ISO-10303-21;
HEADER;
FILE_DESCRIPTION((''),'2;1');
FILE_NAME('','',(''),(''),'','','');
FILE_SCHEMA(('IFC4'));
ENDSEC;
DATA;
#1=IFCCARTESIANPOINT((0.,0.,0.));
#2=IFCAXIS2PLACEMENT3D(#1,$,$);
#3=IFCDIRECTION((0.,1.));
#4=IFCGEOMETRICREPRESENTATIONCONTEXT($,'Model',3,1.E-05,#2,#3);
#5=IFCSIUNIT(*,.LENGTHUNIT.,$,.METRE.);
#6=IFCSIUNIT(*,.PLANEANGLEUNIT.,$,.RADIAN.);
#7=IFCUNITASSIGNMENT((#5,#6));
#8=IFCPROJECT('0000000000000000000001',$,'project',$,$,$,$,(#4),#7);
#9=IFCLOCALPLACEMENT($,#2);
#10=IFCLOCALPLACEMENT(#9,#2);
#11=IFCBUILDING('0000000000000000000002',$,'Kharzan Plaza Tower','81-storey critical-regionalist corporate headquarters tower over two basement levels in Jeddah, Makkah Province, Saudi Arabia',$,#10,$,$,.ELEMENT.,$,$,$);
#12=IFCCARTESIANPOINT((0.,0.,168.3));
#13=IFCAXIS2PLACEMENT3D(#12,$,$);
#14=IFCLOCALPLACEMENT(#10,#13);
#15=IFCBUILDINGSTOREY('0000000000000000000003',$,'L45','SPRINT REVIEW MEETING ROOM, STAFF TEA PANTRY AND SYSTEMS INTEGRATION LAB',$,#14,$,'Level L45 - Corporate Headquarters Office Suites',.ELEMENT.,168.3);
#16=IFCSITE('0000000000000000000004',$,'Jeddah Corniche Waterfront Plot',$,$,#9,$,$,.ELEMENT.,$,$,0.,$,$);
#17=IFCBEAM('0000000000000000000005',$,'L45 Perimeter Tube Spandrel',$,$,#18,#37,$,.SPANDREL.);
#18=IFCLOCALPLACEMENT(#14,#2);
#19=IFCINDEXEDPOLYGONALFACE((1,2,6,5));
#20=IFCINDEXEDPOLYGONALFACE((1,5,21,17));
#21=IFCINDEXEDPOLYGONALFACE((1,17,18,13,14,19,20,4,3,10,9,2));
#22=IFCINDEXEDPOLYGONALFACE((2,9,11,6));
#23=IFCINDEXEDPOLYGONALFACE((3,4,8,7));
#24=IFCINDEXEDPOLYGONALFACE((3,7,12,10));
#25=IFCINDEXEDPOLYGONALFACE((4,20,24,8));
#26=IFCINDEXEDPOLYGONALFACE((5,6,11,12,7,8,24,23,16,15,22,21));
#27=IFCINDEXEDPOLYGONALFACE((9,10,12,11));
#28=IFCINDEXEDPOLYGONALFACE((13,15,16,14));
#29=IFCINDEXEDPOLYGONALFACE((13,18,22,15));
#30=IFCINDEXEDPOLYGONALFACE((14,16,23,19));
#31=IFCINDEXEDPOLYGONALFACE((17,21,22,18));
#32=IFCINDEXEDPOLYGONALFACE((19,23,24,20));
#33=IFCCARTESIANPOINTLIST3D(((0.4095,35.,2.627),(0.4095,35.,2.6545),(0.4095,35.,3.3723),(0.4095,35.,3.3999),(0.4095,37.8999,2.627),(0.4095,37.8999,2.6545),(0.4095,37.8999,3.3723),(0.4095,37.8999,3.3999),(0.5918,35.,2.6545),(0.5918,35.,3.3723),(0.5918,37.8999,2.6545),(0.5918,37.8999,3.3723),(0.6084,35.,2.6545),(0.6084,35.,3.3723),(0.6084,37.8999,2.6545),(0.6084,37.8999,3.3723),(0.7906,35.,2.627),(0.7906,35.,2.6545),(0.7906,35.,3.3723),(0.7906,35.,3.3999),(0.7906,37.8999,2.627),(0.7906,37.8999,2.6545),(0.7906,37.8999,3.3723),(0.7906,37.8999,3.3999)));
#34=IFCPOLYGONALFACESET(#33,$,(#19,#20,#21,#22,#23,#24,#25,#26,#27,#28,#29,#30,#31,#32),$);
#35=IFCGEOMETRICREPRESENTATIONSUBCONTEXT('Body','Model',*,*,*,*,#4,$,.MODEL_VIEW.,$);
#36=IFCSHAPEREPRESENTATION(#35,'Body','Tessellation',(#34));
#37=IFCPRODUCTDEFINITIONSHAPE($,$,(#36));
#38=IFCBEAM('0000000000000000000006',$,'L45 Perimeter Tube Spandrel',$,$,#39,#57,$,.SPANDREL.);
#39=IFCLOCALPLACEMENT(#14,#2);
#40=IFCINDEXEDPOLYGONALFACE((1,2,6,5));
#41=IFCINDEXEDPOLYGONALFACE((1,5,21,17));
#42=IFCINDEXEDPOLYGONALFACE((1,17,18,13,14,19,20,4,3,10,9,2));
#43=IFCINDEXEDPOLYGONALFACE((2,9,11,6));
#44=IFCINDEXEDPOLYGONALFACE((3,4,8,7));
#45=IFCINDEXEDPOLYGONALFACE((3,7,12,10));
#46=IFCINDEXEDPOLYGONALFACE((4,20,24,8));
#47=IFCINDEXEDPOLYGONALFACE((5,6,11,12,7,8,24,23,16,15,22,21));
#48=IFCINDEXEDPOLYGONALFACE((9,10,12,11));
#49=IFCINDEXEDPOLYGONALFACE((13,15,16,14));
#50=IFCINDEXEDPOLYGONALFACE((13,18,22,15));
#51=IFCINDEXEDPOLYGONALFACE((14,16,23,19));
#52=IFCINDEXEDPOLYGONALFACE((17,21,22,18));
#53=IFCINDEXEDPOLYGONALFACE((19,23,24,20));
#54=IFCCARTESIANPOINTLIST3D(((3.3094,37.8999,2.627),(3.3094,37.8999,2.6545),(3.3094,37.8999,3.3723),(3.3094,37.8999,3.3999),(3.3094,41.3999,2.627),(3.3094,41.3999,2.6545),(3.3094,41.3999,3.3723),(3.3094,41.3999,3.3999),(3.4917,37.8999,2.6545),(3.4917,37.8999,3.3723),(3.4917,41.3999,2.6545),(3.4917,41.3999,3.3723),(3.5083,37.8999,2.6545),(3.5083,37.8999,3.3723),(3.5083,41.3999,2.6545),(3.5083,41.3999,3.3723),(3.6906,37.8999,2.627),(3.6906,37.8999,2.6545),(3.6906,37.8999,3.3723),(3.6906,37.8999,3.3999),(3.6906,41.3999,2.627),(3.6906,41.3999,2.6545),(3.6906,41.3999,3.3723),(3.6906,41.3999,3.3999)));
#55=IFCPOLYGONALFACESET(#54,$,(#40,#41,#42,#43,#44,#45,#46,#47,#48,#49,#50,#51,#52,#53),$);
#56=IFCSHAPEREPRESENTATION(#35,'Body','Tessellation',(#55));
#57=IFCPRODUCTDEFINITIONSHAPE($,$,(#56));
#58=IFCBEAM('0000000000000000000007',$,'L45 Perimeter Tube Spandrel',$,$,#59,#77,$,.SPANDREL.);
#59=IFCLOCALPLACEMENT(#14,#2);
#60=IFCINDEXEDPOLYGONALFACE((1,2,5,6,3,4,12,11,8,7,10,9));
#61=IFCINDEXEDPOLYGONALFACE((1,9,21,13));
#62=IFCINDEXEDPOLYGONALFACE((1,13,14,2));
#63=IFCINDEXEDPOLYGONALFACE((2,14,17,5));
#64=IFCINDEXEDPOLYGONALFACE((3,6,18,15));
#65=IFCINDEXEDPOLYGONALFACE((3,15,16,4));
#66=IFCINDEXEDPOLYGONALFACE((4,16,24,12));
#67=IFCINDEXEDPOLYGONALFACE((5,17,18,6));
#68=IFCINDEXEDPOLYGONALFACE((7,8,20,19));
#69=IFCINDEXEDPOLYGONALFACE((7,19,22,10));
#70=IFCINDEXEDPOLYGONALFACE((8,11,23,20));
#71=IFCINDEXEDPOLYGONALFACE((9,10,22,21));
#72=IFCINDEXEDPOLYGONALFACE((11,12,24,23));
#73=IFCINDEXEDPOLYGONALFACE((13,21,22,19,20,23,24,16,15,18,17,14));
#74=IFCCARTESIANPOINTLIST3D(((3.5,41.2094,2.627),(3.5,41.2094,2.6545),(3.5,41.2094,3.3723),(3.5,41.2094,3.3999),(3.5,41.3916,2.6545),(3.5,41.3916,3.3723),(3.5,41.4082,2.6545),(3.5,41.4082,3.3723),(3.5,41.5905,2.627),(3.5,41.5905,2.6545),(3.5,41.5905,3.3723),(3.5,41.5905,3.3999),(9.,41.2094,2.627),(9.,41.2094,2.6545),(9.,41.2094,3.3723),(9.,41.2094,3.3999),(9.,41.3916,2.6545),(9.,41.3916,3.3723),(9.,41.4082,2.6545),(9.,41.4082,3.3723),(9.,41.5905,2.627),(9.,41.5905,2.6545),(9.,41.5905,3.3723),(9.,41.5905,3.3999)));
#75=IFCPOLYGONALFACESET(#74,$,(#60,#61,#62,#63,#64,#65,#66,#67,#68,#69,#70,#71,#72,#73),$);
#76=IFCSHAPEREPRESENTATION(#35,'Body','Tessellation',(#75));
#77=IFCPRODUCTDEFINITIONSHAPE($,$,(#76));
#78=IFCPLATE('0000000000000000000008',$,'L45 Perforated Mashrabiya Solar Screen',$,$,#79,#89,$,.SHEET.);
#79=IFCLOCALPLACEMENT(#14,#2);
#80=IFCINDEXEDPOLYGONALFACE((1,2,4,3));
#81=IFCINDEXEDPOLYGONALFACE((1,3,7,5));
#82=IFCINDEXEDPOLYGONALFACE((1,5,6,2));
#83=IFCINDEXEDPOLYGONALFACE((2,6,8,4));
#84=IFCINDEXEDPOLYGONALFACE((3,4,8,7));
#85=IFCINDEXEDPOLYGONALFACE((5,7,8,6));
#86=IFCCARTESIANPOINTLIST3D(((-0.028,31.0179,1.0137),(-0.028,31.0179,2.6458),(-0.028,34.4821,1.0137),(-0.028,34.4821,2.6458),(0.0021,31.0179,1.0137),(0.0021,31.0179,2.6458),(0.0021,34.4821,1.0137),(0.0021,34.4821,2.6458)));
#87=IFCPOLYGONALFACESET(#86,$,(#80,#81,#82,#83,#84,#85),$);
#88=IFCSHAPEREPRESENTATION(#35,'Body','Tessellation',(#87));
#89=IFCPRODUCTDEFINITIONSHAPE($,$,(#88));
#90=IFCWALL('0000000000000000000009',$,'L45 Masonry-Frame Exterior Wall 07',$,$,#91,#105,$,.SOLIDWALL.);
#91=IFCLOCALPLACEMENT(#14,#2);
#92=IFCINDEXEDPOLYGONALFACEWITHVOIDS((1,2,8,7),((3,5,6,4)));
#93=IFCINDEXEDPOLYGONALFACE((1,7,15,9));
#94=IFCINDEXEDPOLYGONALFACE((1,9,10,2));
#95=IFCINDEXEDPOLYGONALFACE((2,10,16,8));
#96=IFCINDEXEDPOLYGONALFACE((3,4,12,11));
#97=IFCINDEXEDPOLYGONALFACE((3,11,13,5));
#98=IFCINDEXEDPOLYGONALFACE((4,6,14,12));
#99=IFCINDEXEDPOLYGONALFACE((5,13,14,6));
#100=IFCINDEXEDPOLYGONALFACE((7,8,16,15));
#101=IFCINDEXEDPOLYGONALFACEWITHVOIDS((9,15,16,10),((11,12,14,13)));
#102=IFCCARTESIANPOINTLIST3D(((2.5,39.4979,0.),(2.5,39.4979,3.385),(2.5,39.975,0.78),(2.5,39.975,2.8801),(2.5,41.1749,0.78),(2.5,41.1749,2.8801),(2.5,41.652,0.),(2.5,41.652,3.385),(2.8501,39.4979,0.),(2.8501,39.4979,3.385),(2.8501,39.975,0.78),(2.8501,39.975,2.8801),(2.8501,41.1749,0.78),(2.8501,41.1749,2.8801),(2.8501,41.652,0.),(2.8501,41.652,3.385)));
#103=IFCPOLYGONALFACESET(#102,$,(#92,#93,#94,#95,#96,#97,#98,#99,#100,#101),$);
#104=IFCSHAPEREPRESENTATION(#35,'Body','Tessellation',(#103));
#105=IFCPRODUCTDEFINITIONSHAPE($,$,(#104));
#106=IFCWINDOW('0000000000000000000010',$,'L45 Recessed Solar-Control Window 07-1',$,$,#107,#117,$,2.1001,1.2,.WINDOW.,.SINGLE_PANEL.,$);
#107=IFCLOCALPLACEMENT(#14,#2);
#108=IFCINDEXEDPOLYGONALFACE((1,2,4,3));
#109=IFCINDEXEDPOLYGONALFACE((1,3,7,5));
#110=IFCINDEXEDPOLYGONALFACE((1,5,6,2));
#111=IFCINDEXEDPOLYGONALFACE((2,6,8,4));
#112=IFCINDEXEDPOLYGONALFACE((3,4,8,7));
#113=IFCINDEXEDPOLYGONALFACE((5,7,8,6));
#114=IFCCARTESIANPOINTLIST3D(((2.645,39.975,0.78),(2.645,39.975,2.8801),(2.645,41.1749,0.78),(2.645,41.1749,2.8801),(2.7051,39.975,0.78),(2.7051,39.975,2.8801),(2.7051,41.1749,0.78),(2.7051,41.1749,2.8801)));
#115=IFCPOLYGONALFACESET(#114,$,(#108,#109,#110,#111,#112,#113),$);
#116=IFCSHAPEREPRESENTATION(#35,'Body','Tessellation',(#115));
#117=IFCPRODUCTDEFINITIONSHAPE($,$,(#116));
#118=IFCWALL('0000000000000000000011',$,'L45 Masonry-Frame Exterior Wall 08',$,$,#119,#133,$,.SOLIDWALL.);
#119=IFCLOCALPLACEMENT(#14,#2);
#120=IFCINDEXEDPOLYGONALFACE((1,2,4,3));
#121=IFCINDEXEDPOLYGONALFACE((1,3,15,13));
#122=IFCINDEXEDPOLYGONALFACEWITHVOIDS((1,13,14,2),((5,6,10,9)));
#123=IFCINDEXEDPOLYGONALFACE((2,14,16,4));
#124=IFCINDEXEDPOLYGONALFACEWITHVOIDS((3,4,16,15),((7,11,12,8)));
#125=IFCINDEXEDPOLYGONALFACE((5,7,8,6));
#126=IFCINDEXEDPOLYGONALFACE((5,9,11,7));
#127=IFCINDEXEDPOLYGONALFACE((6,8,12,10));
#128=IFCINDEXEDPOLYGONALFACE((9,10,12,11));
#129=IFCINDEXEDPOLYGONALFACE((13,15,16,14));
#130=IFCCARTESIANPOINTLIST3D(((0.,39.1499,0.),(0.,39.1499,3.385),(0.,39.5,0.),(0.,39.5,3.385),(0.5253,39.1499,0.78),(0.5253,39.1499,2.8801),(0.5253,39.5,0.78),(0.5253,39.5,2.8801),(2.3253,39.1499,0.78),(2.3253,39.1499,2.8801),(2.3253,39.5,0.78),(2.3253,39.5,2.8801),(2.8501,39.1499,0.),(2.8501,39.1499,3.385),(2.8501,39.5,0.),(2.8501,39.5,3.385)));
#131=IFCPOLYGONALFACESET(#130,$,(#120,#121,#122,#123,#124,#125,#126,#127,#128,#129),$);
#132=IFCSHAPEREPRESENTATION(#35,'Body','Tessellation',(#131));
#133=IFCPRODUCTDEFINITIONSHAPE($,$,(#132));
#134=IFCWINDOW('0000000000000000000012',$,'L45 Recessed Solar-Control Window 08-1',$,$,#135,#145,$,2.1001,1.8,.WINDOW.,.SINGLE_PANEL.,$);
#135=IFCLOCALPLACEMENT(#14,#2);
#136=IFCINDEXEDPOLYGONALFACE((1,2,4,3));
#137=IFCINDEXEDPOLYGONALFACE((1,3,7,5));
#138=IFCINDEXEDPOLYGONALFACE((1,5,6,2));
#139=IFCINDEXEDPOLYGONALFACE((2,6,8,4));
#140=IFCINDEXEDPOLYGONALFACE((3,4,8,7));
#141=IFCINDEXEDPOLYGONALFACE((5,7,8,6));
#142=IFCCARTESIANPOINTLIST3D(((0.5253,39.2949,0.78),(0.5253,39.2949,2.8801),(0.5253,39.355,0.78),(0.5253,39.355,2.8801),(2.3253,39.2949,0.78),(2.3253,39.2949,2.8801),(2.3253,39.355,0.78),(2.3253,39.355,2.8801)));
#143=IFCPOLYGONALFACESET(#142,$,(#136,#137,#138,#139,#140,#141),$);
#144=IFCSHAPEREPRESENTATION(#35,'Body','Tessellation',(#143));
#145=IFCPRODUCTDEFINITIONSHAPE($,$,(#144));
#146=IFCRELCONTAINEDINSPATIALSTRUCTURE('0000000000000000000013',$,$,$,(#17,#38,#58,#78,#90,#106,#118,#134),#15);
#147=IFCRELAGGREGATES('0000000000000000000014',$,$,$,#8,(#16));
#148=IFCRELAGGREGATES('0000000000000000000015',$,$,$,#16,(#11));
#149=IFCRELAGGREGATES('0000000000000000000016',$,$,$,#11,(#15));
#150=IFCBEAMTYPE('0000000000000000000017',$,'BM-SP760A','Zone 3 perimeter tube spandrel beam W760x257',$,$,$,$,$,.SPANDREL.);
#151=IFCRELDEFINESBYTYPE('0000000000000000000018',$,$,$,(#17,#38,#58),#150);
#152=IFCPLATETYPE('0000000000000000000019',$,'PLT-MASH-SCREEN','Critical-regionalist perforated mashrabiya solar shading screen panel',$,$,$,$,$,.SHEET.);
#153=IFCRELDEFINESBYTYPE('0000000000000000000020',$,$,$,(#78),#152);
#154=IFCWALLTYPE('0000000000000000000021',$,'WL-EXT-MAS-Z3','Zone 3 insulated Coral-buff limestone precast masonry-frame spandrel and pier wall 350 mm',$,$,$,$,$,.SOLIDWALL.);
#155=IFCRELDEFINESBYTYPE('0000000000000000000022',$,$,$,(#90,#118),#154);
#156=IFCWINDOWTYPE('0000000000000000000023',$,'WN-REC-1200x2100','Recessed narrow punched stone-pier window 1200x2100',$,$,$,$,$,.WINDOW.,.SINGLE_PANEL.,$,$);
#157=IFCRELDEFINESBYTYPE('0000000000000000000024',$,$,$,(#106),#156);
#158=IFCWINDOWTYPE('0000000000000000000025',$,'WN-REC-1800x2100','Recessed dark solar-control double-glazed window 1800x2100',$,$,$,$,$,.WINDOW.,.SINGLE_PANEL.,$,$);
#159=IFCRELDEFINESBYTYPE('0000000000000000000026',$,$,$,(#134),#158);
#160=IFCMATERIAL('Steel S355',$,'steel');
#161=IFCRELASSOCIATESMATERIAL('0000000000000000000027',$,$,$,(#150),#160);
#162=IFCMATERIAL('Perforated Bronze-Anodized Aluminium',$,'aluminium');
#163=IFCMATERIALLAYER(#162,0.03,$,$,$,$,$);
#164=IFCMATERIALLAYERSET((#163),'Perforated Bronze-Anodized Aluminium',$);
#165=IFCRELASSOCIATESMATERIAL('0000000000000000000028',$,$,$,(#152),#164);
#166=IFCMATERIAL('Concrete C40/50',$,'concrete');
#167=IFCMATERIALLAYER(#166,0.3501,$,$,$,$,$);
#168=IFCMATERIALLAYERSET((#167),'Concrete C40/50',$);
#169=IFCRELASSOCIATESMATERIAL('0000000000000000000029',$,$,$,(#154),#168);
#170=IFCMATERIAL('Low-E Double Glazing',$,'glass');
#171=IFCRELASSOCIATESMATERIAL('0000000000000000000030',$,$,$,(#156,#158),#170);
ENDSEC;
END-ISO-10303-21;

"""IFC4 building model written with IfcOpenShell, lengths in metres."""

from ifc_helpers import new_model, si_unit, direction, frame, frame_2d, origin, origin_2d, place, context, subcontext, project, spatial, rectangle, i_section, extrude, source, transform, mapped, material, layer, layer_set, material_profile, profile_set, type_object, element, fill, save


model = new_model("IFC4")

# Units and contexts
model_context = context("Model", 3, precision=1e-05, world=origin(), true_north=direction((0.0, 1.0)))
body_context = subcontext(model_context, "Body", "Model", "MODEL_VIEW")
ifc_project = project(units=[si_unit("LENGTHUNIT", "METRE"), si_unit("PLANEANGLEUNIT", "RADIAN")], contexts=[model_context])

# Site, building, storey
site_placement = place(None, origin())
site = spatial("IfcSite", under=ifc_project, at=site_placement, Name="Jeddah Corniche Waterfront Plot", CompositionType="ELEMENT", RefElevation=0.0)
building_placement = place(site_placement, origin())
building = spatial("IfcBuilding", under=site, at=building_placement, Name="Kharzan Plaza Tower", Description="81-storey critical-regionalist corporate headquarters tower over two basement levels in Jeddah, Makkah Province, Saudi Arabia", CompositionType="ELEMENT")
storey_placement = place(building_placement, frame((0.0, 0.0, 168.3)))
storey = spatial("IfcBuildingStorey", under=building, at=storey_placement, Name="L45", Description="SPRINT REVIEW MEETING ROOM, STAFF TEA PANTRY AND SYSTEMS INTEGRATION LAB", LongName="Level L45 - Corporate Headquarters Office Suites", CompositionType="ELEMENT", Elevation=168.3)

# Beams
ifc_material_1 = material(Name="Steel S355", Category="steel")
ifc_material_profile_1 = material_profile(ifc_material_1, i_section(OverallWidth=0.3811, OverallDepth=0.7729, WebThickness=0.0166, FlangeThickness=0.0276, at=origin_2d()), Name="W760x257")
ifc_profile_set_1 = profile_set([ifc_material_profile_1], Name="Steel S355")
beam_type_1 = type_object("IfcBeamType", Name="BM-SP760A", Description="Zone 3 perimeter tube spandrel beam W760x257", PredefinedType="SPANDREL", material=ifc_profile_set_1)
shared_shape_1 = source(origin(), body_context, "Body", "SweptSolid", [
    extrude(i_section(OverallWidth=0.3811, OverallDepth=0.7729, WebThickness=0.0166, FlangeThickness=0.0276, at=origin_2d()), origin(), (0.0, 0.0, 1.0), 2.8999),
])
beam_1_placement = place(storey_placement, frame((0.6001, 35.0, 3.0134), z_axis=(0.0, 1.0, 0.0), x_axis=(-1.0, 0.0, 0.0)))
element("IfcBeam", 1, at=beam_1_placement, inside=storey, type_object=beam_type_1, Name="L45 Perimeter Tube Spandrel", PredefinedType="SPANDREL", context=body_context, shape_type="MappedRepresentation", body=[
    mapped(shared_shape_1, transform((0.0, 0.0, 0.0), x_axis=(1.0, 0.0, 0.0), y_axis=(0.0, 1.0, 0.0), z_axis=(0.0, 0.0, 1.0))),
])
shared_shape_2 = source(origin(), body_context, "Body", "SweptSolid", [
    extrude(i_section(OverallWidth=0.3811, OverallDepth=0.7729, WebThickness=0.0166, FlangeThickness=0.0276, at=origin_2d()), origin(), (0.0, 0.0, 1.0), 3.5),
])
beam_2_placement = place(storey_placement, frame((3.5, 37.8999, 3.0134), z_axis=(0.0, 1.0, 0.0), x_axis=(-1.0, 0.0, 0.0)))
element("IfcBeam", 2, at=beam_2_placement, inside=storey, type_object=beam_type_1, Name="L45 Perimeter Tube Spandrel", PredefinedType="SPANDREL", context=body_context, shape_type="MappedRepresentation", body=[
    mapped(shared_shape_2, transform((0.0, 0.0, 0.0), x_axis=(1.0, 0.0, 0.0), y_axis=(0.0, 1.0, 0.0), z_axis=(0.0, 0.0, 1.0))),
])
shared_shape_3 = source(origin(), body_context, "Body", "SweptSolid", [
    extrude(i_section(OverallWidth=0.3811, OverallDepth=0.7729, WebThickness=0.0166, FlangeThickness=0.0276, at=origin_2d()), origin(), (0.0, 0.0, 1.0), 5.5),
])
beam_3_placement = place(storey_placement, frame((3.5, 41.3999, 3.0134), z_axis=(1.0, 0.0, 0.0), x_axis=(0.0, 1.0, 0.0)))
element("IfcBeam", 3, at=beam_3_placement, inside=storey, type_object=beam_type_1, Name="L45 Perimeter Tube Spandrel", PredefinedType="SPANDREL", context=body_context, shape_type="MappedRepresentation", body=[
    mapped(shared_shape_3, transform((0.0, 0.0, 0.0), x_axis=(1.0, 0.0, 0.0), y_axis=(0.0, 1.0, 0.0), z_axis=(0.0, 0.0, 1.0))),
])

# Plate
ifc_material_2 = material(Name="Perforated Bronze-Anodized Aluminium", Category="aluminium")
ifc_layer_1 = layer(ifc_material_2, 0.03)
ifc_layer_set_1 = layer_set([ifc_layer_1], Name="Perforated Bronze-Anodized Aluminium")
plate_type = type_object("IfcPlateType", Name="PLT-MASH-SCREEN", Description="Critical-regionalist perforated mashrabiya solar shading screen panel", PredefinedType="SHEET", material=ifc_layer_set_1)
shared_shape_4 = source(origin(), body_context, "Body", "SweptSolid", [
    extrude(rectangle(XDim=3.4641, YDim=0.03, at=origin_2d()), origin(), (0.0, 0.0, 1.0), 1.6321),
])
plate_placement = place(storey_placement, frame((-0.0129, 32.75, 1.0137), z_axis=(0.0, 0.0, 1.0), x_axis=(0.0, -1.0, 0.0)))
element("IfcPlate", 4, at=plate_placement, inside=storey, type_object=plate_type, Name="L45 Perforated Mashrabiya Solar Screen", PredefinedType="SHEET", context=body_context, shape_type="MappedRepresentation", body=[
    mapped(shared_shape_4, transform((0.0, 0.0, 0.0), x_axis=(1.0, 0.0, 0.0), y_axis=(0.0, 1.0, 0.0), z_axis=(0.0, 0.0, 1.0))),
])

# Walls, openings, windows
ifc_material_3 = material(Name="Concrete C40/50", Category="concrete")
ifc_layer_2 = layer(ifc_material_3, 0.3501)
ifc_layer_set_2 = layer_set([ifc_layer_2], Name="Concrete C40/50")
wall_type_1 = type_object("IfcWallType", Name="WL-EXT-MAS-Z3", Description="Zone 3 insulated Coral-buff limestone precast masonry-frame spandrel and pier wall 350 mm", PredefinedType="SOLIDWALL", material=ifc_layer_set_2)
wall_1_placement = place(storey_placement, frame((2.675, 41.6521, 0.0), z_axis=(0.0, 0.0, 1.0), x_axis=(0.0, -1.0, 0.0)))
wall_1 = element("IfcWall", 5, at=wall_1_placement, inside=storey, type_object=wall_type_1, Name="L45 Masonry-Frame Exterior Wall 07", PredefinedType="SOLIDWALL", context=body_context, shape_type="SweptSolid", body=[
    extrude(rectangle(XDim=2.1541, YDim=0.3501, at=frame_2d((1.0771, 0.0))), origin(), (0.0, 0.0, 1.0), 3.385),
])
opening_1_placement = place(wall_1_placement, frame((0.4771, 0.0, 0.78)))
opening_1 = element("IfcOpeningElement", 6, at=opening_1_placement, cuts=wall_1, PredefinedType="OPENING", context=body_context, shape_type="SweptSolid", body=[
    extrude(rectangle(XDim=1.2, YDim=2.1001, at=frame_2d((0.6001, 1.05))), frame((0.0, 0.1851, 0.0), z_axis=(0.0, -1.0, 0.0), x_axis=(1.0, 0.0, 0.0)), (0.0, 0.0, 1.0), 0.3701),
])
ifc_material_4 = material(Name="Low-E Double Glazing", Category="glass")
window_type_1 = type_object("IfcWindowType", Name="WN-REC-1200x2100", Description="Recessed narrow punched stone-pier window 1200x2100", PartitioningType="SINGLE_PANEL", PredefinedType="WINDOW", material=ifc_material_4)
shared_shape_5 = source(origin(), body_context, "Body", "SweptSolid", [
    extrude(rectangle(XDim=1.2, YDim=2.1001, at=frame_2d((0.6001, 1.05))), frame((0.0, 0.03, 0.0), z_axis=(0.0, -1.0, 0.0), x_axis=(1.0, 0.0, 0.0)), (0.0, 0.0, 1.0), 0.0601),
])
window_1_placement = place(opening_1_placement, origin())
window_1 = element("IfcWindow", 7, at=window_1_placement, inside=storey, type_object=window_type_1, Name="L45 Recessed Solar-Control Window 07-1", OverallHeight=2.1001, OverallWidth=1.2, PartitioningType="SINGLE_PANEL", PredefinedType="WINDOW", context=body_context, shape_type="MappedRepresentation", body=[
    mapped(shared_shape_5, transform((0.0, 0.0, 0.0), x_axis=(1.0, 0.0, 0.0), y_axis=(0.0, 1.0, 0.0), z_axis=(0.0, 0.0, 1.0))),
])
fill(opening_1, window_1)
wall_2_placement = place(storey_placement, frame((2.8501, 39.325, 0.0), z_axis=(0.0, 0.0, 1.0), x_axis=(-1.0, 0.0, 0.0)))
wall_2 = element("IfcWall", 8, at=wall_2_placement, inside=storey, type_object=wall_type_1, Name="L45 Masonry-Frame Exterior Wall 08", PredefinedType="SOLIDWALL", context=body_context, shape_type="SweptSolid", body=[
    extrude(rectangle(XDim=2.8501, YDim=0.3501, at=frame_2d((1.425, 0.0))), origin(), (0.0, 0.0, 1.0), 3.385),
])
opening_2_placement = place(wall_2_placement, frame((0.5249, 0.0, 0.78)))
opening_2 = element("IfcOpeningElement", 9, at=opening_2_placement, cuts=wall_2, PredefinedType="OPENING", context=body_context, shape_type="SweptSolid", body=[
    extrude(rectangle(XDim=1.8, YDim=2.1001, at=frame_2d((0.8999, 1.05))), frame((0.0, 0.1851, 0.0), z_axis=(0.0, -1.0, 0.0), x_axis=(1.0, 0.0, 0.0)), (0.0, 0.0, 1.0), 0.3701),
])
window_type_2 = type_object("IfcWindowType", Name="WN-REC-1800x2100", Description="Recessed dark solar-control double-glazed window 1800x2100", PartitioningType="SINGLE_PANEL", PredefinedType="WINDOW", material=ifc_material_4)
shared_shape_6 = source(origin(), body_context, "Body", "SweptSolid", [
    extrude(rectangle(XDim=1.8, YDim=2.1001, at=frame_2d((0.8999, 1.05))), frame((0.0, 0.03, 0.0), z_axis=(0.0, -1.0, 0.0), x_axis=(1.0, 0.0, 0.0)), (0.0, 0.0, 1.0), 0.0601),
])
window_2_placement = place(opening_2_placement, origin())
window_2 = element("IfcWindow", 10, at=window_2_placement, inside=storey, type_object=window_type_2, Name="L45 Recessed Solar-Control Window 08-1", OverallHeight=2.1001, OverallWidth=1.8, PartitioningType="SINGLE_PANEL", PredefinedType="WINDOW", context=body_context, shape_type="MappedRepresentation", body=[
    mapped(shared_shape_6, transform((0.0, 0.0, 0.0), x_axis=(1.0, 0.0, 0.0), y_axis=(0.0, 1.0, 0.0), z_axis=(0.0, 0.0, 1.0))),
])
fill(opening_2, window_2)

save(model, "model.ifc")
